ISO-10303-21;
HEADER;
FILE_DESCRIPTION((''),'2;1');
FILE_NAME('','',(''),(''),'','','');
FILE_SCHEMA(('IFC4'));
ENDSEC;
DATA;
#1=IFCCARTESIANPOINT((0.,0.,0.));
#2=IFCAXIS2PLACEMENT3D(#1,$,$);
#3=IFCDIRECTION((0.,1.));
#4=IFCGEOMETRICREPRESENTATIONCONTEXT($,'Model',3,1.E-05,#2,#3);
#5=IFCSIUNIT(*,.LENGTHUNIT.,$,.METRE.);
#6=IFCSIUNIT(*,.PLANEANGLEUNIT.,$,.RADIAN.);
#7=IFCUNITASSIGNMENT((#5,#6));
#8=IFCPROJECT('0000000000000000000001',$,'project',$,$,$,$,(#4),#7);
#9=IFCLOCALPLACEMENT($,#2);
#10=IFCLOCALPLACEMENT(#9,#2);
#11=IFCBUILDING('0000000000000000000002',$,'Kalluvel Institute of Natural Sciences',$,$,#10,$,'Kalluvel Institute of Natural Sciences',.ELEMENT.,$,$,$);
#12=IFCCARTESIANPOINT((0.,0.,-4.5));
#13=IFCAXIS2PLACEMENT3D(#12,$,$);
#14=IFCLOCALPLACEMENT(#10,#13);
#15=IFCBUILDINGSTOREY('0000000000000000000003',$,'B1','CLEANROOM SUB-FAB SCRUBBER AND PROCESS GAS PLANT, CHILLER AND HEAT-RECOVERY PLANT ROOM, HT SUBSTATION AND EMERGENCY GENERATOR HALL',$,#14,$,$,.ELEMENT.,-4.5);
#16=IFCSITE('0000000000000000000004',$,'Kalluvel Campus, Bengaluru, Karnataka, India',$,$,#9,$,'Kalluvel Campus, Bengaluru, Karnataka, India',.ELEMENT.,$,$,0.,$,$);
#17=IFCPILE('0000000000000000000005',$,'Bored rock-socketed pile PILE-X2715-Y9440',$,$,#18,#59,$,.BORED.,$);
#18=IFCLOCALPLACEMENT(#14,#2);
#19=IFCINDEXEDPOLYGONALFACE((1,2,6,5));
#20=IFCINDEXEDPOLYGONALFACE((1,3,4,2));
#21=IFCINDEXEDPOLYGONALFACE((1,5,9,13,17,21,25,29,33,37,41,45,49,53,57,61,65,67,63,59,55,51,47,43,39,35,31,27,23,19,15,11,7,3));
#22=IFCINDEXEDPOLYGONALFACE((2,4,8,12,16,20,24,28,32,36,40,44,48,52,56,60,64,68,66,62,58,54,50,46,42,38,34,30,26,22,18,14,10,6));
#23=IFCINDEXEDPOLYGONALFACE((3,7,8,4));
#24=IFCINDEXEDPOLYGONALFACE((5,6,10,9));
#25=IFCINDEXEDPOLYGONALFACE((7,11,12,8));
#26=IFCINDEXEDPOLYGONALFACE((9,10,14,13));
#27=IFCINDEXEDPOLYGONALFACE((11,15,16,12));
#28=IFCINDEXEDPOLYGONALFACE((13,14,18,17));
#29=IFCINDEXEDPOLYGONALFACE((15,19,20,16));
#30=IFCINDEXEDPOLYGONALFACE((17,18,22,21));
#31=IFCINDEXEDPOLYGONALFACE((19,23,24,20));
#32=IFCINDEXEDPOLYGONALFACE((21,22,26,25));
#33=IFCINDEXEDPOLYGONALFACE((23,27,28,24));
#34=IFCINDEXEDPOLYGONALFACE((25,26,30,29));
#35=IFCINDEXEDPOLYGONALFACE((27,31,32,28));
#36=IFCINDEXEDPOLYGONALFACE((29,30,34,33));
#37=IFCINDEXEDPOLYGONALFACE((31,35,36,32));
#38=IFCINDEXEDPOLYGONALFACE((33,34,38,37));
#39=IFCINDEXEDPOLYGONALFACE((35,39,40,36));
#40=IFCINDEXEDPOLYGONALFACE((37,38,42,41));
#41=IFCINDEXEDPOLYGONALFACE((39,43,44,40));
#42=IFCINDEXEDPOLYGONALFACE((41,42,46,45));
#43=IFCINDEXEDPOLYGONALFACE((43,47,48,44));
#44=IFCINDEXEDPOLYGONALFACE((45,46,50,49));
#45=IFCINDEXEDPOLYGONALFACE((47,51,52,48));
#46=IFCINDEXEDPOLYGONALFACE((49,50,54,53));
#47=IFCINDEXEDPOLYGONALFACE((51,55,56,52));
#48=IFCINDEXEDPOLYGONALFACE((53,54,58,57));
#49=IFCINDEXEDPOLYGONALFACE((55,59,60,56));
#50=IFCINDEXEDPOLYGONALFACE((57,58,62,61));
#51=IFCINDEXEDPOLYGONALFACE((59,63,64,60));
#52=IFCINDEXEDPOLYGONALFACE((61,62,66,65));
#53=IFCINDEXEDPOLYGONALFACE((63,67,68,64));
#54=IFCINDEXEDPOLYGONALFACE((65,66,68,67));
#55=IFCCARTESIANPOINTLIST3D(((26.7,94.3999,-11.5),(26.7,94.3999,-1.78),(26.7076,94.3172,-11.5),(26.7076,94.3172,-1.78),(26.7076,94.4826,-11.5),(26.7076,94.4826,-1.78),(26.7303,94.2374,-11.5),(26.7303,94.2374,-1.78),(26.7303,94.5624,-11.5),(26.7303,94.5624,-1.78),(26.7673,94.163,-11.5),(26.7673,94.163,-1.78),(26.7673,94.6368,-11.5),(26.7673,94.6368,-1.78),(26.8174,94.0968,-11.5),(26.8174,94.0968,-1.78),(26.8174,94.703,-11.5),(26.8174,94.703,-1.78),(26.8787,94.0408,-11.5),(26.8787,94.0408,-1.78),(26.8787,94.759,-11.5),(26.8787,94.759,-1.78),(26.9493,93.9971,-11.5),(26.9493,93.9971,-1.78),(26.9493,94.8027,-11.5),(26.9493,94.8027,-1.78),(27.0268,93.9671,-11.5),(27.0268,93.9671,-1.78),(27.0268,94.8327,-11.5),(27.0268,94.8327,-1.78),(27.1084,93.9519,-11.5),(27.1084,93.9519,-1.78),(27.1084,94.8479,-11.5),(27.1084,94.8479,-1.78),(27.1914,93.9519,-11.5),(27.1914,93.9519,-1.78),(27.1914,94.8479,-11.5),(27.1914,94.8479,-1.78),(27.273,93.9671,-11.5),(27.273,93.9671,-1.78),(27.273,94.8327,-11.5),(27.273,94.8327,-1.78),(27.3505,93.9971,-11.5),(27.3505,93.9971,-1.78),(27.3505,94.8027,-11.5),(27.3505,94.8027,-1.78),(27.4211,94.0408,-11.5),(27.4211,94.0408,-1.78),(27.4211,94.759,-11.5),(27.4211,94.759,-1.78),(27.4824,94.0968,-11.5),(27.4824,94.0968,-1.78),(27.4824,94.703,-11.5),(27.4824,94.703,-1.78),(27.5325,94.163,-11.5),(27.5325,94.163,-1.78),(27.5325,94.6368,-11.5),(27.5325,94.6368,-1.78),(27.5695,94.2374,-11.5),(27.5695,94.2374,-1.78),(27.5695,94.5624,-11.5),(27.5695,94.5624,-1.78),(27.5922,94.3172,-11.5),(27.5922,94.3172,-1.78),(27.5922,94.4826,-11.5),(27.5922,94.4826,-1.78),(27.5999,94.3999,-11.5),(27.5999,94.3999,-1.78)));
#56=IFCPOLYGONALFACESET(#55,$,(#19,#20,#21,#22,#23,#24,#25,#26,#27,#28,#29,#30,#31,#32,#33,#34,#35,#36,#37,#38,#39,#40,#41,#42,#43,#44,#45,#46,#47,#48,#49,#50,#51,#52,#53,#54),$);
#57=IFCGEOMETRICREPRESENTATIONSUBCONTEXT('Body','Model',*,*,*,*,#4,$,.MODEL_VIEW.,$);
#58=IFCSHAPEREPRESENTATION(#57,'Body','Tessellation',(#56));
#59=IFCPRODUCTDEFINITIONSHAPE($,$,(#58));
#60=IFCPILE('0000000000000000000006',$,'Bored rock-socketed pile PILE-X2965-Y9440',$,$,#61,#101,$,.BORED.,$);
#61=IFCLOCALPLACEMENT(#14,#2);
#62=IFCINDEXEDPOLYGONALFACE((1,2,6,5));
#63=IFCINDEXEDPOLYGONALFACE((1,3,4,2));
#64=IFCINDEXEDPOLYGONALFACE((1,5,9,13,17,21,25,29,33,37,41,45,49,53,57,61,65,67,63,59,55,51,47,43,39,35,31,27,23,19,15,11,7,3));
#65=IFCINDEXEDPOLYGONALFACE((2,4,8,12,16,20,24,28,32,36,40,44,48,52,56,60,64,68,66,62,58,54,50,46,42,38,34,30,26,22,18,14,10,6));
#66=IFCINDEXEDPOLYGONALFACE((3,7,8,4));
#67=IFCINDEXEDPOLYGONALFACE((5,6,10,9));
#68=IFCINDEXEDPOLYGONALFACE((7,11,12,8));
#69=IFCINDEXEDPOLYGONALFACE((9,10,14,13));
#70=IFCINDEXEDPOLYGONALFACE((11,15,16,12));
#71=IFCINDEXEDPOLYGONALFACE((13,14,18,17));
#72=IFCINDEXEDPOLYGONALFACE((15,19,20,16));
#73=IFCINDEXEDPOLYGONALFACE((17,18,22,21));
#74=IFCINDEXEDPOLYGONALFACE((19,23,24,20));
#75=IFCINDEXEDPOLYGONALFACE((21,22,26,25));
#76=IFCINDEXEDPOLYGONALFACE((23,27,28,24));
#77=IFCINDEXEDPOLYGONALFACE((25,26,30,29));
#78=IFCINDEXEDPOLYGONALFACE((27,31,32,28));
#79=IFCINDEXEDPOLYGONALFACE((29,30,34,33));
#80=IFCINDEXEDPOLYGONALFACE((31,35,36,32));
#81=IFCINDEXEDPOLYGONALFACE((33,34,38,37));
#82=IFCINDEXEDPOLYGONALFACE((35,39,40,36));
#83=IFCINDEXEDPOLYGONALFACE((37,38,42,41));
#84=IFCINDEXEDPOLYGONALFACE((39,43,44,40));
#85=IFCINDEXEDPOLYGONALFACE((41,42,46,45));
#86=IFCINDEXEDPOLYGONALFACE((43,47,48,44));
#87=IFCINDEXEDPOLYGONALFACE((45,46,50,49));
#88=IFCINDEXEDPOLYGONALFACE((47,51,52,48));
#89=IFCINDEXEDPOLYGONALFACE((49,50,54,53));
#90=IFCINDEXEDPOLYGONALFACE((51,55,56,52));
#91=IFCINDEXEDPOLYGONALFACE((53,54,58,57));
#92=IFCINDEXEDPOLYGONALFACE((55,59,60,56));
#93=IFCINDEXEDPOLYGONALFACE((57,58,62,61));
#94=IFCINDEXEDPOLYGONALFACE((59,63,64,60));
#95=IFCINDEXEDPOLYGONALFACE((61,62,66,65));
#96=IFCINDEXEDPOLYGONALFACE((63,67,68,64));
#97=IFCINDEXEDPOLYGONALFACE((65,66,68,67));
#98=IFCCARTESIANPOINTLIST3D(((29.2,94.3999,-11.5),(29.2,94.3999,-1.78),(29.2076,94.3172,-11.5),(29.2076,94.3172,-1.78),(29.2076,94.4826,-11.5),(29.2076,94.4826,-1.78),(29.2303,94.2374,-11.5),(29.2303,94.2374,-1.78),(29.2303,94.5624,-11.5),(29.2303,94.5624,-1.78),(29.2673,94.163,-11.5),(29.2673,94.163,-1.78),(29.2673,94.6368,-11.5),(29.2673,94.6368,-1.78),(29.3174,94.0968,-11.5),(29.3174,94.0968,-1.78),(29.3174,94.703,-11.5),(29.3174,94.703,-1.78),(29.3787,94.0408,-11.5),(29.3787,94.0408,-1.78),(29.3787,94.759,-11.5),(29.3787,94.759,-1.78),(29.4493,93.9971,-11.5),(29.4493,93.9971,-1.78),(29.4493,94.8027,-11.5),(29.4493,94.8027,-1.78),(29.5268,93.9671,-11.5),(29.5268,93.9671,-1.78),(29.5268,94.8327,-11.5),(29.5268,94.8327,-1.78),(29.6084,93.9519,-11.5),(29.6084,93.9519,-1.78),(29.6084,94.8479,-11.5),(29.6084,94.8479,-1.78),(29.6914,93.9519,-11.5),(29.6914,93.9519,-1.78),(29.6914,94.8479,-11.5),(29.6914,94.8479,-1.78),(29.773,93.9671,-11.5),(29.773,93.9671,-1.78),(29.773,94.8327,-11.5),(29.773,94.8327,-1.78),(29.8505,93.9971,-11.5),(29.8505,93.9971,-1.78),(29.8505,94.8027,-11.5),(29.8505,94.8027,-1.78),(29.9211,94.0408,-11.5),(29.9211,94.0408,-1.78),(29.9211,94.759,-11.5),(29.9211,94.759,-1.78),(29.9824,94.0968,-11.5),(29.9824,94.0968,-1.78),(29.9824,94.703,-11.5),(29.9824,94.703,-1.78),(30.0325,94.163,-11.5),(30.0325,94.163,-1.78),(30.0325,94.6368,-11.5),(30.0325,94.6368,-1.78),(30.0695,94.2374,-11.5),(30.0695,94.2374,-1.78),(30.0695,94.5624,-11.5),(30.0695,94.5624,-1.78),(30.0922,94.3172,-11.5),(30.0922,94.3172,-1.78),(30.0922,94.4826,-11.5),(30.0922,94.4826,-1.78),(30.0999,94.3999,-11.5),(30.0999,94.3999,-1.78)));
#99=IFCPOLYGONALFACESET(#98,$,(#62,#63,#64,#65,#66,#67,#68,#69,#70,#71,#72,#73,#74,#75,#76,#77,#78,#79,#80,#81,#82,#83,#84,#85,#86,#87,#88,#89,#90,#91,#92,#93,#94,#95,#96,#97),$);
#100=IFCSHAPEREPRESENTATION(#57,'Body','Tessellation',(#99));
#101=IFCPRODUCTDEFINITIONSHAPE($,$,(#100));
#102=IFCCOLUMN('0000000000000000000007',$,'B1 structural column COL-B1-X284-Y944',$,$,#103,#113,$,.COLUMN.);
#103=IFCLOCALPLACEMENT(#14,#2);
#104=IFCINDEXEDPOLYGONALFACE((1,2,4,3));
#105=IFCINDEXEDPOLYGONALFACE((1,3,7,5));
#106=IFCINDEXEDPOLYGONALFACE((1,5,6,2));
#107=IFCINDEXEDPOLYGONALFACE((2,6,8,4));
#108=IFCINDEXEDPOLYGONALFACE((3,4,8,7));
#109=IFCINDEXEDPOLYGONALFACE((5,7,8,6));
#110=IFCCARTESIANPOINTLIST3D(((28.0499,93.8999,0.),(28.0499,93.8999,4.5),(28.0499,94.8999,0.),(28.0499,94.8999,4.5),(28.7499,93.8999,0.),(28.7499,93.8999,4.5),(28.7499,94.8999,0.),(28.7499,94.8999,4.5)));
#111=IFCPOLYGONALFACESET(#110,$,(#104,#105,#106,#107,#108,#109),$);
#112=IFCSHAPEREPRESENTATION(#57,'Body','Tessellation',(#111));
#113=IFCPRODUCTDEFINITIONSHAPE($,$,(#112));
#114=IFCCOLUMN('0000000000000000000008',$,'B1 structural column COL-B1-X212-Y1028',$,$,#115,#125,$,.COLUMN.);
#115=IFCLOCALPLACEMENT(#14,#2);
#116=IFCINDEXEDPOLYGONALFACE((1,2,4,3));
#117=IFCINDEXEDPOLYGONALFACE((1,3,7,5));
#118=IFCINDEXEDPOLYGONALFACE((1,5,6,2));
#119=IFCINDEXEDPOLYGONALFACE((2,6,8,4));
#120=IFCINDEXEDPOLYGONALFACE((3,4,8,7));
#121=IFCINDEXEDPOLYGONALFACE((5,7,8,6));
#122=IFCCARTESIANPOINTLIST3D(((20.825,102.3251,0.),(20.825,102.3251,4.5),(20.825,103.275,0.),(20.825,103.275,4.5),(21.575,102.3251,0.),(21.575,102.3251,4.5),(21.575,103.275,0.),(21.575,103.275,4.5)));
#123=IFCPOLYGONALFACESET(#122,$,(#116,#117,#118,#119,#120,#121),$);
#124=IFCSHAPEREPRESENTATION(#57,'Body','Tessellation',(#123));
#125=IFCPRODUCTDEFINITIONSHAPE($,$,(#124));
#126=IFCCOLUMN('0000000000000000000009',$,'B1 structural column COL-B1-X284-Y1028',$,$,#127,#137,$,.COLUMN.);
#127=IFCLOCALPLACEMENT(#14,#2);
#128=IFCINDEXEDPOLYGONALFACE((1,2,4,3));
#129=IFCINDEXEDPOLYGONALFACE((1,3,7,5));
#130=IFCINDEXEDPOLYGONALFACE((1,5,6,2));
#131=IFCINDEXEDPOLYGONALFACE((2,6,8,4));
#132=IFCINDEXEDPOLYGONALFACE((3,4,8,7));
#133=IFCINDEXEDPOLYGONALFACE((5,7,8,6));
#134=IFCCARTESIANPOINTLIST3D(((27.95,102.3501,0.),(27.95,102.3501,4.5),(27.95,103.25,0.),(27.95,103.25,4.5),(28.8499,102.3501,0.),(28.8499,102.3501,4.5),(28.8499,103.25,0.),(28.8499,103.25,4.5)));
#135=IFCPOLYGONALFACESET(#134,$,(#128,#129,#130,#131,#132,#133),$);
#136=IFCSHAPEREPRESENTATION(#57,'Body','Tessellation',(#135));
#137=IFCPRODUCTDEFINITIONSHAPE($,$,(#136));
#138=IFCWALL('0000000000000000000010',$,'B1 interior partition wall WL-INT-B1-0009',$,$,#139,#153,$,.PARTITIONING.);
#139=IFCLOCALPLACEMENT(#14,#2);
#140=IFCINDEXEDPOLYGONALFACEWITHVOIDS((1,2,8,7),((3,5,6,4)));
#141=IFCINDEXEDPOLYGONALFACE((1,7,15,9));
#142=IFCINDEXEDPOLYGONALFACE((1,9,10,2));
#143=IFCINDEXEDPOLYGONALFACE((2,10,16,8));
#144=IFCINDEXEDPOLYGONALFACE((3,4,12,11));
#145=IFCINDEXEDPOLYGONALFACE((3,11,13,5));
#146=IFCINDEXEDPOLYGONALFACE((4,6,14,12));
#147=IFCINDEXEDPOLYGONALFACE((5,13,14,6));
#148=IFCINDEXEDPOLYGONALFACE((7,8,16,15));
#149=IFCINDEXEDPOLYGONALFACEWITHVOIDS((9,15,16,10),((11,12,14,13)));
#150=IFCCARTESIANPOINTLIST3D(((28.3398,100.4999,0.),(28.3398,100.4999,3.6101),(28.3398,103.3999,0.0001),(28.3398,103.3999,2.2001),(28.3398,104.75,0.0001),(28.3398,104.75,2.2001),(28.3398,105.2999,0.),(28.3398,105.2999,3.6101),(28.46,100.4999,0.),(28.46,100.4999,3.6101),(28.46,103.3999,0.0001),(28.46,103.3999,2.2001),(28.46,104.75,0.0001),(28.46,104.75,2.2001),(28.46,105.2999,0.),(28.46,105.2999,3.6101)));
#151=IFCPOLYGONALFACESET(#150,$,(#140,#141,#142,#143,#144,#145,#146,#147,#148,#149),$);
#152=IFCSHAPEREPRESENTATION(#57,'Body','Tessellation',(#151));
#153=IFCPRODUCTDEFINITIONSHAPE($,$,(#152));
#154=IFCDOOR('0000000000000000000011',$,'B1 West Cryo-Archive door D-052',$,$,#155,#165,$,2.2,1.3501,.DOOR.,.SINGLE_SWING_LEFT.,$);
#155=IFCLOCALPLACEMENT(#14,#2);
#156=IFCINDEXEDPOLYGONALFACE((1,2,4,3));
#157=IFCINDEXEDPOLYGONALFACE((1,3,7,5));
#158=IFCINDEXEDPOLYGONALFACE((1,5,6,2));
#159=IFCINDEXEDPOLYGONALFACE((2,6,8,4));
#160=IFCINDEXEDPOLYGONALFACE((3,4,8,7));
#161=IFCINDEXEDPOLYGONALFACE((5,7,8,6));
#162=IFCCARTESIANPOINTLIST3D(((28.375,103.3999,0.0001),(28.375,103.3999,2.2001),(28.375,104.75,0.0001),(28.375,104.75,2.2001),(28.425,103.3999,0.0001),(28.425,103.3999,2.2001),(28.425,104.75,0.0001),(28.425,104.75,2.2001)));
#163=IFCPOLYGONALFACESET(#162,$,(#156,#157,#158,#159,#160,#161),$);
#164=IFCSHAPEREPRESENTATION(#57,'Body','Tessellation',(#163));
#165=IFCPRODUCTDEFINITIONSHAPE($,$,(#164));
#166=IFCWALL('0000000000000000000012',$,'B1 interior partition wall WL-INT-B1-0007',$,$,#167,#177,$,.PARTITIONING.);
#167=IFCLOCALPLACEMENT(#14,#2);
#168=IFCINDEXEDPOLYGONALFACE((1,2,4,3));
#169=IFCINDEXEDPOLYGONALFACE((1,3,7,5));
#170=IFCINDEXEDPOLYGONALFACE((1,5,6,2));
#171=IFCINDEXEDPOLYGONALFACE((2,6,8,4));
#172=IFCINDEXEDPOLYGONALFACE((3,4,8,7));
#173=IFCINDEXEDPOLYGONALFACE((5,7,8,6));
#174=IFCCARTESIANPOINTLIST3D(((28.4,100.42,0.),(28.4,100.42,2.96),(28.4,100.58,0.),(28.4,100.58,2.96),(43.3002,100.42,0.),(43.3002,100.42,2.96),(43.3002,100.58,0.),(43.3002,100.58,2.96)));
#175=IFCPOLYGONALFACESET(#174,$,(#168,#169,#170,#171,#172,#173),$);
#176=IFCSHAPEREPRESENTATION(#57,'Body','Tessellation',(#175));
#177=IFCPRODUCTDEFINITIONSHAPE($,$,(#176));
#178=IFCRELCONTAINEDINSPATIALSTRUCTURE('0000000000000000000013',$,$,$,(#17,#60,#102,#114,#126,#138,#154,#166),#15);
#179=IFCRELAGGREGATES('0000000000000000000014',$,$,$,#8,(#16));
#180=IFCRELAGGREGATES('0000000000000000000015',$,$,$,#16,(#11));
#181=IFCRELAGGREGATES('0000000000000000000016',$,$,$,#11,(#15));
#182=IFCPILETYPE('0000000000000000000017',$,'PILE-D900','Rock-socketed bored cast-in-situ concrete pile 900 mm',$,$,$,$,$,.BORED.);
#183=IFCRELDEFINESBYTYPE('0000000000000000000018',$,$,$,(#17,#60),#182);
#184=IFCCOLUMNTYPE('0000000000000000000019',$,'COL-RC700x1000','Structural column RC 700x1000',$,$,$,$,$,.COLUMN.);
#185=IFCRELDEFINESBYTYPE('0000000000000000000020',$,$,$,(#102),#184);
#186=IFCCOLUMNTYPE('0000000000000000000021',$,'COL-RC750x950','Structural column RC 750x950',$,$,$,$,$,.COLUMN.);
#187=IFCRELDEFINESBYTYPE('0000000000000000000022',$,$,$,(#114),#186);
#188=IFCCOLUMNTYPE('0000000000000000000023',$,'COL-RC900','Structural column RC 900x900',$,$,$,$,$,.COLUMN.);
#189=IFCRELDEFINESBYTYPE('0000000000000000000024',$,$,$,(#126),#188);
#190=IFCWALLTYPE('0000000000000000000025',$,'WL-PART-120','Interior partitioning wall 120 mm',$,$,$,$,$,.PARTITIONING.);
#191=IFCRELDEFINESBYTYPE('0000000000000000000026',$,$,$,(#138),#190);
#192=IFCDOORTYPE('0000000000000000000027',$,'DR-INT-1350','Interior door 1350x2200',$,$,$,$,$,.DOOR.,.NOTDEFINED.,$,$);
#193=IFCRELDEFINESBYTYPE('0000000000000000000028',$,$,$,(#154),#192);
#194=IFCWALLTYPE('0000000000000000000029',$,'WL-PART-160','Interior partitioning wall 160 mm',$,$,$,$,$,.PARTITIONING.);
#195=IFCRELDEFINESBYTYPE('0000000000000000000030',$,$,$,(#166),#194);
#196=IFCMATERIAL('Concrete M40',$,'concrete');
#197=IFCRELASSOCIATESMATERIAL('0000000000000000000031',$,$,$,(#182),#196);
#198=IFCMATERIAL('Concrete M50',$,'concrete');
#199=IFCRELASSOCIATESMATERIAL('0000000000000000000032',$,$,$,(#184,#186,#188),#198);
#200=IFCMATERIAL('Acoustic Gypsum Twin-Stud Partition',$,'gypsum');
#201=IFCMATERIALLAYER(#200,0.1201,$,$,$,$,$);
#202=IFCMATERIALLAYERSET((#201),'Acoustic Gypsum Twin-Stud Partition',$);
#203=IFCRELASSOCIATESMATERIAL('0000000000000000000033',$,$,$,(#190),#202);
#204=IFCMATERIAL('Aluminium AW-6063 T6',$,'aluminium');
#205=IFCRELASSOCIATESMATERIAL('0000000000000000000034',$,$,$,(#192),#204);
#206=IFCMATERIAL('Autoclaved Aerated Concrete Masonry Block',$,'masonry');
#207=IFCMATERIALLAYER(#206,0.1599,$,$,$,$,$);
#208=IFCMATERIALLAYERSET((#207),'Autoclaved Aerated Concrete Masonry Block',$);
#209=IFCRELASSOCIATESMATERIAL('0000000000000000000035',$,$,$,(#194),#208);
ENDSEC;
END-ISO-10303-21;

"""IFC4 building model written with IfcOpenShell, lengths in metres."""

from ifc_helpers import new_model, si_unit, direction, frame, frame_2d, origin, origin_2d, place, context, subcontext, project, spatial, rectangle, circle, extrude, material, layer, layer_set, material_profile, profile_set, type_object, element, fill, save


model = new_model("IFC4")

# Units and contexts
model_context = context("Model", 3, precision=1e-05, world=origin(), true_north=direction((0.0, 1.0)))
body_context = subcontext(model_context, "Body", "Model", "MODEL_VIEW")
ifc_project = project(units=[si_unit("LENGTHUNIT", "METRE"), si_unit("PLANEANGLEUNIT", "RADIAN")], contexts=[model_context])

# Site, building, storey
site_placement = place(None, origin())
site = spatial("IfcSite", under=ifc_project, at=site_placement, Name="Kalluvel Campus, Bengaluru, Karnataka, India", LongName="Kalluvel Campus, Bengaluru, Karnataka, India", CompositionType="ELEMENT", RefElevation=0.0)
building_placement = place(site_placement, origin())
building = spatial("IfcBuilding", under=site, at=building_placement, Name="Kalluvel Institute of Natural Sciences", LongName="Kalluvel Institute of Natural Sciences", CompositionType="ELEMENT")
storey_placement = place(building_placement, frame((0.0, 0.0, -4.5)))
storey = spatial("IfcBuildingStorey", under=building, at=storey_placement, Name="B1", Description="CLEANROOM SUB-FAB SCRUBBER AND PROCESS GAS PLANT, CHILLER AND HEAT-RECOVERY PLANT ROOM, HT SUBSTATION AND EMERGENCY GENERATOR HALL", CompositionType="ELEMENT", Elevation=-4.5)

# Shared definitions
ifc_material_1 = material(Name="Concrete M40", Category="concrete")

# Piles
ifc_material_profile_1 = material_profile(ifc_material_1, circle(Radius=0.45, at=origin_2d()), Name="PILE D900")
ifc_profile_set_1 = profile_set([ifc_material_profile_1], Name="Concrete M40")
pile_type_1 = type_object("IfcPileType", Name="PILE-D900", Description="Rock-socketed bored cast-in-situ concrete pile 900 mm", PredefinedType="BORED", material=ifc_profile_set_1)
for number, where, z_axis, x_axis, name in (
    (1, (27.1499, 94.3999, -1.78), (0.0, 0.0, -1.0), (1.0, 0.0, 0.0), "Bored rock-socketed pile PILE-X2715-Y9440"),
    (2, (29.6499, 94.3999, -1.78), (0.0, 0.0, -1.0), (1.0, 0.0, 0.0), "Bored rock-socketed pile PILE-X2965-Y9440"),
):
    element("IfcPile", number, at=place(storey_placement, frame(where, z_axis=z_axis, x_axis=x_axis)), inside=storey, type_object=pile_type_1, Name=name, PredefinedType="BORED", context=body_context, shape_type="SweptSolid", body=[
        extrude(circle(Radius=0.45, at=origin_2d()), origin(), (0.0, 0.0, 1.0), 9.72),
    ])

# Columns
ifc_material_2 = material(Name="Concrete M50", Category="concrete")
ifc_material_profile_2 = material_profile(ifc_material_2, rectangle(XDim=0.7, YDim=1.0, at=origin_2d()), Name="RC 700x1000")
ifc_profile_set_2 = profile_set([ifc_material_profile_2], Name="Concrete M50")
column_type_1 = type_object("IfcColumnType", Name="COL-RC700x1000", Description="Structural column RC 700x1000", PredefinedType="COLUMN", material=ifc_profile_set_2)
column_1_placement = place(storey_placement, frame((28.3999, 94.3999, 0.0), z_axis=(0.0, 0.0, 1.0), x_axis=(1.0, 0.0, 0.0)))
element("IfcColumn", 3, at=column_1_placement, inside=storey, type_object=column_type_1, Name="B1 structural column COL-B1-X284-Y944", PredefinedType="COLUMN", context=body_context, shape_type="SweptSolid", body=[
    extrude(rectangle(XDim=0.7, YDim=1.0, at=origin_2d()), origin(), (0.0, 0.0, 1.0), 4.5),
])
ifc_material_profile_3 = material_profile(ifc_material_2, rectangle(XDim=0.75, YDim=0.95, at=origin_2d()), Name="RC 750x950")
ifc_profile_set_3 = profile_set([ifc_material_profile_3], Name="Concrete M50")
column_type_2 = type_object("IfcColumnType", Name="COL-RC750x950", Description="Structural column RC 750x950", PredefinedType="COLUMN", material=ifc_profile_set_3)
column_2_placement = place(storey_placement, frame((21.2, 102.8, 0.0), z_axis=(0.0, 0.0, 1.0), x_axis=(1.0, 0.0, 0.0)))
element("IfcColumn", 4, at=column_2_placement, inside=storey, type_object=column_type_2, Name="B1 structural column COL-B1-X212-Y1028", PredefinedType="COLUMN", context=body_context, shape_type="SweptSolid", body=[
    extrude(rectangle(XDim=0.75, YDim=0.95, at=origin_2d()), origin(), (0.0, 0.0, 1.0), 4.5),
])
ifc_material_profile_4 = material_profile(ifc_material_2, rectangle(XDim=0.8999, YDim=0.8999, at=origin_2d()), Name="RC 900x900")
ifc_profile_set_4 = profile_set([ifc_material_profile_4], Name="Concrete M50")
column_type_3 = type_object("IfcColumnType", Name="COL-RC900", Description="Structural column RC 900x900", PredefinedType="COLUMN", material=ifc_profile_set_4)
column_3_placement = place(storey_placement, frame((28.3999, 102.8, 0.0), z_axis=(0.0, 0.0, 1.0), x_axis=(1.0, 0.0, 0.0)))
element("IfcColumn", 5, at=column_3_placement, inside=storey, type_object=column_type_3, Name="B1 structural column COL-B1-X284-Y1028", PredefinedType="COLUMN", context=body_context, shape_type="SweptSolid", body=[
    extrude(rectangle(XDim=0.8999, YDim=0.8999, at=origin_2d()), origin(), (0.0, 0.0, 1.0), 4.5),
])

# Wall, opening, door
ifc_material_3 = material(Name="Acoustic Gypsum Twin-Stud Partition", Category="gypsum")
ifc_layer_1 = layer(ifc_material_3, 0.1201)
ifc_layer_set_1 = layer_set([ifc_layer_1], Name="Acoustic Gypsum Twin-Stud Partition")
wall_type_1 = type_object("IfcWallType", Name="WL-PART-120", Description="Interior partitioning wall 120 mm", PredefinedType="PARTITIONING", material=ifc_layer_set_1)
wall_1_placement = place(storey_placement, frame((28.3999, 100.5, 0.0), z_axis=(0.0, 0.0, 1.0), x_axis=(0.0, 1.0, 0.0)))
wall_1 = element("IfcWall", 6, at=wall_1_placement, inside=storey, type_object=wall_type_1, Name="B1 interior partition wall WL-INT-B1-0009", PredefinedType="PARTITIONING", context=body_context, shape_type="SweptSolid", body=[
    extrude(rectangle(XDim=4.8, YDim=0.1201, at=frame_2d((2.3999, 0.0))), origin(), (0.0, 0.0, 1.0), 3.6101),
])
opening_placement = place(wall_1_placement, frame((2.8999, 0.0, 0.0)))
opening = element("IfcOpeningElement", 7, at=opening_placement, cuts=wall_1, PredefinedType="OPENING", context=body_context, shape_type="SweptSolid", body=[
    extrude(rectangle(XDim=1.3501, YDim=2.2, at=frame_2d((0.675, 1.1001))), frame((0.0, 0.0701, 0.0), z_axis=(0.0, -1.0, 0.0), x_axis=(1.0, 0.0, 0.0)), (0.0, 0.0, 1.0), 0.1401),
])
ifc_material_4 = material(Name="Aluminium AW-6063 T6", Category="aluminium")
door_type = type_object("IfcDoorType", Name="DR-INT-1350", Description="Interior door 1350x2200", OperationType="NOTDEFINED", PredefinedType="DOOR", material=ifc_material_4)
door_placement = place(opening_placement, origin())
door = element("IfcDoor", 8, at=door_placement, inside=storey, type_object=door_type, Name="B1 West Cryo-Archive door D-052", OperationType="SINGLE_SWING_LEFT", OverallHeight=2.2, OverallWidth=1.3501, PredefinedType="DOOR", context=body_context, shape_type="SweptSolid", body=[
    extrude(rectangle(XDim=1.3501, YDim=2.2, at=frame_2d((0.675, 1.1001))), frame((0.0, 0.0249, 0.0), z_axis=(0.0, -1.0, 0.0), x_axis=(1.0, 0.0, 0.0)), (0.0, 0.0, 1.0), 0.05),
])
fill(opening, door)

# Wall
ifc_material_5 = material(Name="Autoclaved Aerated Concrete Masonry Block", Category="masonry")
ifc_layer_2 = layer(ifc_material_5, 0.1599)
ifc_layer_set_2 = layer_set([ifc_layer_2], Name="Autoclaved Aerated Concrete Masonry Block")
wall_type_2 = type_object("IfcWallType", Name="WL-PART-160", Description="Interior partitioning wall 160 mm", PredefinedType="PARTITIONING", material=ifc_layer_set_2)
wall_2_placement = place(storey_placement, frame((28.3999, 100.5, 0.0), z_axis=(0.0, 0.0, 1.0), x_axis=(1.0, 0.0, 0.0)))
element("IfcWall", 9, at=wall_2_placement, inside=storey, type_object=wall_type_2, Name="B1 interior partition wall WL-INT-B1-0007", PredefinedType="PARTITIONING", context=body_context, shape_type="SweptSolid", body=[
    extrude(rectangle(XDim=14.9001, YDim=0.1599, at=frame_2d((7.4502, 0.0))), origin(), (0.0, 0.0, 1.0), 2.96),
])

save(model, "model.ifc")
